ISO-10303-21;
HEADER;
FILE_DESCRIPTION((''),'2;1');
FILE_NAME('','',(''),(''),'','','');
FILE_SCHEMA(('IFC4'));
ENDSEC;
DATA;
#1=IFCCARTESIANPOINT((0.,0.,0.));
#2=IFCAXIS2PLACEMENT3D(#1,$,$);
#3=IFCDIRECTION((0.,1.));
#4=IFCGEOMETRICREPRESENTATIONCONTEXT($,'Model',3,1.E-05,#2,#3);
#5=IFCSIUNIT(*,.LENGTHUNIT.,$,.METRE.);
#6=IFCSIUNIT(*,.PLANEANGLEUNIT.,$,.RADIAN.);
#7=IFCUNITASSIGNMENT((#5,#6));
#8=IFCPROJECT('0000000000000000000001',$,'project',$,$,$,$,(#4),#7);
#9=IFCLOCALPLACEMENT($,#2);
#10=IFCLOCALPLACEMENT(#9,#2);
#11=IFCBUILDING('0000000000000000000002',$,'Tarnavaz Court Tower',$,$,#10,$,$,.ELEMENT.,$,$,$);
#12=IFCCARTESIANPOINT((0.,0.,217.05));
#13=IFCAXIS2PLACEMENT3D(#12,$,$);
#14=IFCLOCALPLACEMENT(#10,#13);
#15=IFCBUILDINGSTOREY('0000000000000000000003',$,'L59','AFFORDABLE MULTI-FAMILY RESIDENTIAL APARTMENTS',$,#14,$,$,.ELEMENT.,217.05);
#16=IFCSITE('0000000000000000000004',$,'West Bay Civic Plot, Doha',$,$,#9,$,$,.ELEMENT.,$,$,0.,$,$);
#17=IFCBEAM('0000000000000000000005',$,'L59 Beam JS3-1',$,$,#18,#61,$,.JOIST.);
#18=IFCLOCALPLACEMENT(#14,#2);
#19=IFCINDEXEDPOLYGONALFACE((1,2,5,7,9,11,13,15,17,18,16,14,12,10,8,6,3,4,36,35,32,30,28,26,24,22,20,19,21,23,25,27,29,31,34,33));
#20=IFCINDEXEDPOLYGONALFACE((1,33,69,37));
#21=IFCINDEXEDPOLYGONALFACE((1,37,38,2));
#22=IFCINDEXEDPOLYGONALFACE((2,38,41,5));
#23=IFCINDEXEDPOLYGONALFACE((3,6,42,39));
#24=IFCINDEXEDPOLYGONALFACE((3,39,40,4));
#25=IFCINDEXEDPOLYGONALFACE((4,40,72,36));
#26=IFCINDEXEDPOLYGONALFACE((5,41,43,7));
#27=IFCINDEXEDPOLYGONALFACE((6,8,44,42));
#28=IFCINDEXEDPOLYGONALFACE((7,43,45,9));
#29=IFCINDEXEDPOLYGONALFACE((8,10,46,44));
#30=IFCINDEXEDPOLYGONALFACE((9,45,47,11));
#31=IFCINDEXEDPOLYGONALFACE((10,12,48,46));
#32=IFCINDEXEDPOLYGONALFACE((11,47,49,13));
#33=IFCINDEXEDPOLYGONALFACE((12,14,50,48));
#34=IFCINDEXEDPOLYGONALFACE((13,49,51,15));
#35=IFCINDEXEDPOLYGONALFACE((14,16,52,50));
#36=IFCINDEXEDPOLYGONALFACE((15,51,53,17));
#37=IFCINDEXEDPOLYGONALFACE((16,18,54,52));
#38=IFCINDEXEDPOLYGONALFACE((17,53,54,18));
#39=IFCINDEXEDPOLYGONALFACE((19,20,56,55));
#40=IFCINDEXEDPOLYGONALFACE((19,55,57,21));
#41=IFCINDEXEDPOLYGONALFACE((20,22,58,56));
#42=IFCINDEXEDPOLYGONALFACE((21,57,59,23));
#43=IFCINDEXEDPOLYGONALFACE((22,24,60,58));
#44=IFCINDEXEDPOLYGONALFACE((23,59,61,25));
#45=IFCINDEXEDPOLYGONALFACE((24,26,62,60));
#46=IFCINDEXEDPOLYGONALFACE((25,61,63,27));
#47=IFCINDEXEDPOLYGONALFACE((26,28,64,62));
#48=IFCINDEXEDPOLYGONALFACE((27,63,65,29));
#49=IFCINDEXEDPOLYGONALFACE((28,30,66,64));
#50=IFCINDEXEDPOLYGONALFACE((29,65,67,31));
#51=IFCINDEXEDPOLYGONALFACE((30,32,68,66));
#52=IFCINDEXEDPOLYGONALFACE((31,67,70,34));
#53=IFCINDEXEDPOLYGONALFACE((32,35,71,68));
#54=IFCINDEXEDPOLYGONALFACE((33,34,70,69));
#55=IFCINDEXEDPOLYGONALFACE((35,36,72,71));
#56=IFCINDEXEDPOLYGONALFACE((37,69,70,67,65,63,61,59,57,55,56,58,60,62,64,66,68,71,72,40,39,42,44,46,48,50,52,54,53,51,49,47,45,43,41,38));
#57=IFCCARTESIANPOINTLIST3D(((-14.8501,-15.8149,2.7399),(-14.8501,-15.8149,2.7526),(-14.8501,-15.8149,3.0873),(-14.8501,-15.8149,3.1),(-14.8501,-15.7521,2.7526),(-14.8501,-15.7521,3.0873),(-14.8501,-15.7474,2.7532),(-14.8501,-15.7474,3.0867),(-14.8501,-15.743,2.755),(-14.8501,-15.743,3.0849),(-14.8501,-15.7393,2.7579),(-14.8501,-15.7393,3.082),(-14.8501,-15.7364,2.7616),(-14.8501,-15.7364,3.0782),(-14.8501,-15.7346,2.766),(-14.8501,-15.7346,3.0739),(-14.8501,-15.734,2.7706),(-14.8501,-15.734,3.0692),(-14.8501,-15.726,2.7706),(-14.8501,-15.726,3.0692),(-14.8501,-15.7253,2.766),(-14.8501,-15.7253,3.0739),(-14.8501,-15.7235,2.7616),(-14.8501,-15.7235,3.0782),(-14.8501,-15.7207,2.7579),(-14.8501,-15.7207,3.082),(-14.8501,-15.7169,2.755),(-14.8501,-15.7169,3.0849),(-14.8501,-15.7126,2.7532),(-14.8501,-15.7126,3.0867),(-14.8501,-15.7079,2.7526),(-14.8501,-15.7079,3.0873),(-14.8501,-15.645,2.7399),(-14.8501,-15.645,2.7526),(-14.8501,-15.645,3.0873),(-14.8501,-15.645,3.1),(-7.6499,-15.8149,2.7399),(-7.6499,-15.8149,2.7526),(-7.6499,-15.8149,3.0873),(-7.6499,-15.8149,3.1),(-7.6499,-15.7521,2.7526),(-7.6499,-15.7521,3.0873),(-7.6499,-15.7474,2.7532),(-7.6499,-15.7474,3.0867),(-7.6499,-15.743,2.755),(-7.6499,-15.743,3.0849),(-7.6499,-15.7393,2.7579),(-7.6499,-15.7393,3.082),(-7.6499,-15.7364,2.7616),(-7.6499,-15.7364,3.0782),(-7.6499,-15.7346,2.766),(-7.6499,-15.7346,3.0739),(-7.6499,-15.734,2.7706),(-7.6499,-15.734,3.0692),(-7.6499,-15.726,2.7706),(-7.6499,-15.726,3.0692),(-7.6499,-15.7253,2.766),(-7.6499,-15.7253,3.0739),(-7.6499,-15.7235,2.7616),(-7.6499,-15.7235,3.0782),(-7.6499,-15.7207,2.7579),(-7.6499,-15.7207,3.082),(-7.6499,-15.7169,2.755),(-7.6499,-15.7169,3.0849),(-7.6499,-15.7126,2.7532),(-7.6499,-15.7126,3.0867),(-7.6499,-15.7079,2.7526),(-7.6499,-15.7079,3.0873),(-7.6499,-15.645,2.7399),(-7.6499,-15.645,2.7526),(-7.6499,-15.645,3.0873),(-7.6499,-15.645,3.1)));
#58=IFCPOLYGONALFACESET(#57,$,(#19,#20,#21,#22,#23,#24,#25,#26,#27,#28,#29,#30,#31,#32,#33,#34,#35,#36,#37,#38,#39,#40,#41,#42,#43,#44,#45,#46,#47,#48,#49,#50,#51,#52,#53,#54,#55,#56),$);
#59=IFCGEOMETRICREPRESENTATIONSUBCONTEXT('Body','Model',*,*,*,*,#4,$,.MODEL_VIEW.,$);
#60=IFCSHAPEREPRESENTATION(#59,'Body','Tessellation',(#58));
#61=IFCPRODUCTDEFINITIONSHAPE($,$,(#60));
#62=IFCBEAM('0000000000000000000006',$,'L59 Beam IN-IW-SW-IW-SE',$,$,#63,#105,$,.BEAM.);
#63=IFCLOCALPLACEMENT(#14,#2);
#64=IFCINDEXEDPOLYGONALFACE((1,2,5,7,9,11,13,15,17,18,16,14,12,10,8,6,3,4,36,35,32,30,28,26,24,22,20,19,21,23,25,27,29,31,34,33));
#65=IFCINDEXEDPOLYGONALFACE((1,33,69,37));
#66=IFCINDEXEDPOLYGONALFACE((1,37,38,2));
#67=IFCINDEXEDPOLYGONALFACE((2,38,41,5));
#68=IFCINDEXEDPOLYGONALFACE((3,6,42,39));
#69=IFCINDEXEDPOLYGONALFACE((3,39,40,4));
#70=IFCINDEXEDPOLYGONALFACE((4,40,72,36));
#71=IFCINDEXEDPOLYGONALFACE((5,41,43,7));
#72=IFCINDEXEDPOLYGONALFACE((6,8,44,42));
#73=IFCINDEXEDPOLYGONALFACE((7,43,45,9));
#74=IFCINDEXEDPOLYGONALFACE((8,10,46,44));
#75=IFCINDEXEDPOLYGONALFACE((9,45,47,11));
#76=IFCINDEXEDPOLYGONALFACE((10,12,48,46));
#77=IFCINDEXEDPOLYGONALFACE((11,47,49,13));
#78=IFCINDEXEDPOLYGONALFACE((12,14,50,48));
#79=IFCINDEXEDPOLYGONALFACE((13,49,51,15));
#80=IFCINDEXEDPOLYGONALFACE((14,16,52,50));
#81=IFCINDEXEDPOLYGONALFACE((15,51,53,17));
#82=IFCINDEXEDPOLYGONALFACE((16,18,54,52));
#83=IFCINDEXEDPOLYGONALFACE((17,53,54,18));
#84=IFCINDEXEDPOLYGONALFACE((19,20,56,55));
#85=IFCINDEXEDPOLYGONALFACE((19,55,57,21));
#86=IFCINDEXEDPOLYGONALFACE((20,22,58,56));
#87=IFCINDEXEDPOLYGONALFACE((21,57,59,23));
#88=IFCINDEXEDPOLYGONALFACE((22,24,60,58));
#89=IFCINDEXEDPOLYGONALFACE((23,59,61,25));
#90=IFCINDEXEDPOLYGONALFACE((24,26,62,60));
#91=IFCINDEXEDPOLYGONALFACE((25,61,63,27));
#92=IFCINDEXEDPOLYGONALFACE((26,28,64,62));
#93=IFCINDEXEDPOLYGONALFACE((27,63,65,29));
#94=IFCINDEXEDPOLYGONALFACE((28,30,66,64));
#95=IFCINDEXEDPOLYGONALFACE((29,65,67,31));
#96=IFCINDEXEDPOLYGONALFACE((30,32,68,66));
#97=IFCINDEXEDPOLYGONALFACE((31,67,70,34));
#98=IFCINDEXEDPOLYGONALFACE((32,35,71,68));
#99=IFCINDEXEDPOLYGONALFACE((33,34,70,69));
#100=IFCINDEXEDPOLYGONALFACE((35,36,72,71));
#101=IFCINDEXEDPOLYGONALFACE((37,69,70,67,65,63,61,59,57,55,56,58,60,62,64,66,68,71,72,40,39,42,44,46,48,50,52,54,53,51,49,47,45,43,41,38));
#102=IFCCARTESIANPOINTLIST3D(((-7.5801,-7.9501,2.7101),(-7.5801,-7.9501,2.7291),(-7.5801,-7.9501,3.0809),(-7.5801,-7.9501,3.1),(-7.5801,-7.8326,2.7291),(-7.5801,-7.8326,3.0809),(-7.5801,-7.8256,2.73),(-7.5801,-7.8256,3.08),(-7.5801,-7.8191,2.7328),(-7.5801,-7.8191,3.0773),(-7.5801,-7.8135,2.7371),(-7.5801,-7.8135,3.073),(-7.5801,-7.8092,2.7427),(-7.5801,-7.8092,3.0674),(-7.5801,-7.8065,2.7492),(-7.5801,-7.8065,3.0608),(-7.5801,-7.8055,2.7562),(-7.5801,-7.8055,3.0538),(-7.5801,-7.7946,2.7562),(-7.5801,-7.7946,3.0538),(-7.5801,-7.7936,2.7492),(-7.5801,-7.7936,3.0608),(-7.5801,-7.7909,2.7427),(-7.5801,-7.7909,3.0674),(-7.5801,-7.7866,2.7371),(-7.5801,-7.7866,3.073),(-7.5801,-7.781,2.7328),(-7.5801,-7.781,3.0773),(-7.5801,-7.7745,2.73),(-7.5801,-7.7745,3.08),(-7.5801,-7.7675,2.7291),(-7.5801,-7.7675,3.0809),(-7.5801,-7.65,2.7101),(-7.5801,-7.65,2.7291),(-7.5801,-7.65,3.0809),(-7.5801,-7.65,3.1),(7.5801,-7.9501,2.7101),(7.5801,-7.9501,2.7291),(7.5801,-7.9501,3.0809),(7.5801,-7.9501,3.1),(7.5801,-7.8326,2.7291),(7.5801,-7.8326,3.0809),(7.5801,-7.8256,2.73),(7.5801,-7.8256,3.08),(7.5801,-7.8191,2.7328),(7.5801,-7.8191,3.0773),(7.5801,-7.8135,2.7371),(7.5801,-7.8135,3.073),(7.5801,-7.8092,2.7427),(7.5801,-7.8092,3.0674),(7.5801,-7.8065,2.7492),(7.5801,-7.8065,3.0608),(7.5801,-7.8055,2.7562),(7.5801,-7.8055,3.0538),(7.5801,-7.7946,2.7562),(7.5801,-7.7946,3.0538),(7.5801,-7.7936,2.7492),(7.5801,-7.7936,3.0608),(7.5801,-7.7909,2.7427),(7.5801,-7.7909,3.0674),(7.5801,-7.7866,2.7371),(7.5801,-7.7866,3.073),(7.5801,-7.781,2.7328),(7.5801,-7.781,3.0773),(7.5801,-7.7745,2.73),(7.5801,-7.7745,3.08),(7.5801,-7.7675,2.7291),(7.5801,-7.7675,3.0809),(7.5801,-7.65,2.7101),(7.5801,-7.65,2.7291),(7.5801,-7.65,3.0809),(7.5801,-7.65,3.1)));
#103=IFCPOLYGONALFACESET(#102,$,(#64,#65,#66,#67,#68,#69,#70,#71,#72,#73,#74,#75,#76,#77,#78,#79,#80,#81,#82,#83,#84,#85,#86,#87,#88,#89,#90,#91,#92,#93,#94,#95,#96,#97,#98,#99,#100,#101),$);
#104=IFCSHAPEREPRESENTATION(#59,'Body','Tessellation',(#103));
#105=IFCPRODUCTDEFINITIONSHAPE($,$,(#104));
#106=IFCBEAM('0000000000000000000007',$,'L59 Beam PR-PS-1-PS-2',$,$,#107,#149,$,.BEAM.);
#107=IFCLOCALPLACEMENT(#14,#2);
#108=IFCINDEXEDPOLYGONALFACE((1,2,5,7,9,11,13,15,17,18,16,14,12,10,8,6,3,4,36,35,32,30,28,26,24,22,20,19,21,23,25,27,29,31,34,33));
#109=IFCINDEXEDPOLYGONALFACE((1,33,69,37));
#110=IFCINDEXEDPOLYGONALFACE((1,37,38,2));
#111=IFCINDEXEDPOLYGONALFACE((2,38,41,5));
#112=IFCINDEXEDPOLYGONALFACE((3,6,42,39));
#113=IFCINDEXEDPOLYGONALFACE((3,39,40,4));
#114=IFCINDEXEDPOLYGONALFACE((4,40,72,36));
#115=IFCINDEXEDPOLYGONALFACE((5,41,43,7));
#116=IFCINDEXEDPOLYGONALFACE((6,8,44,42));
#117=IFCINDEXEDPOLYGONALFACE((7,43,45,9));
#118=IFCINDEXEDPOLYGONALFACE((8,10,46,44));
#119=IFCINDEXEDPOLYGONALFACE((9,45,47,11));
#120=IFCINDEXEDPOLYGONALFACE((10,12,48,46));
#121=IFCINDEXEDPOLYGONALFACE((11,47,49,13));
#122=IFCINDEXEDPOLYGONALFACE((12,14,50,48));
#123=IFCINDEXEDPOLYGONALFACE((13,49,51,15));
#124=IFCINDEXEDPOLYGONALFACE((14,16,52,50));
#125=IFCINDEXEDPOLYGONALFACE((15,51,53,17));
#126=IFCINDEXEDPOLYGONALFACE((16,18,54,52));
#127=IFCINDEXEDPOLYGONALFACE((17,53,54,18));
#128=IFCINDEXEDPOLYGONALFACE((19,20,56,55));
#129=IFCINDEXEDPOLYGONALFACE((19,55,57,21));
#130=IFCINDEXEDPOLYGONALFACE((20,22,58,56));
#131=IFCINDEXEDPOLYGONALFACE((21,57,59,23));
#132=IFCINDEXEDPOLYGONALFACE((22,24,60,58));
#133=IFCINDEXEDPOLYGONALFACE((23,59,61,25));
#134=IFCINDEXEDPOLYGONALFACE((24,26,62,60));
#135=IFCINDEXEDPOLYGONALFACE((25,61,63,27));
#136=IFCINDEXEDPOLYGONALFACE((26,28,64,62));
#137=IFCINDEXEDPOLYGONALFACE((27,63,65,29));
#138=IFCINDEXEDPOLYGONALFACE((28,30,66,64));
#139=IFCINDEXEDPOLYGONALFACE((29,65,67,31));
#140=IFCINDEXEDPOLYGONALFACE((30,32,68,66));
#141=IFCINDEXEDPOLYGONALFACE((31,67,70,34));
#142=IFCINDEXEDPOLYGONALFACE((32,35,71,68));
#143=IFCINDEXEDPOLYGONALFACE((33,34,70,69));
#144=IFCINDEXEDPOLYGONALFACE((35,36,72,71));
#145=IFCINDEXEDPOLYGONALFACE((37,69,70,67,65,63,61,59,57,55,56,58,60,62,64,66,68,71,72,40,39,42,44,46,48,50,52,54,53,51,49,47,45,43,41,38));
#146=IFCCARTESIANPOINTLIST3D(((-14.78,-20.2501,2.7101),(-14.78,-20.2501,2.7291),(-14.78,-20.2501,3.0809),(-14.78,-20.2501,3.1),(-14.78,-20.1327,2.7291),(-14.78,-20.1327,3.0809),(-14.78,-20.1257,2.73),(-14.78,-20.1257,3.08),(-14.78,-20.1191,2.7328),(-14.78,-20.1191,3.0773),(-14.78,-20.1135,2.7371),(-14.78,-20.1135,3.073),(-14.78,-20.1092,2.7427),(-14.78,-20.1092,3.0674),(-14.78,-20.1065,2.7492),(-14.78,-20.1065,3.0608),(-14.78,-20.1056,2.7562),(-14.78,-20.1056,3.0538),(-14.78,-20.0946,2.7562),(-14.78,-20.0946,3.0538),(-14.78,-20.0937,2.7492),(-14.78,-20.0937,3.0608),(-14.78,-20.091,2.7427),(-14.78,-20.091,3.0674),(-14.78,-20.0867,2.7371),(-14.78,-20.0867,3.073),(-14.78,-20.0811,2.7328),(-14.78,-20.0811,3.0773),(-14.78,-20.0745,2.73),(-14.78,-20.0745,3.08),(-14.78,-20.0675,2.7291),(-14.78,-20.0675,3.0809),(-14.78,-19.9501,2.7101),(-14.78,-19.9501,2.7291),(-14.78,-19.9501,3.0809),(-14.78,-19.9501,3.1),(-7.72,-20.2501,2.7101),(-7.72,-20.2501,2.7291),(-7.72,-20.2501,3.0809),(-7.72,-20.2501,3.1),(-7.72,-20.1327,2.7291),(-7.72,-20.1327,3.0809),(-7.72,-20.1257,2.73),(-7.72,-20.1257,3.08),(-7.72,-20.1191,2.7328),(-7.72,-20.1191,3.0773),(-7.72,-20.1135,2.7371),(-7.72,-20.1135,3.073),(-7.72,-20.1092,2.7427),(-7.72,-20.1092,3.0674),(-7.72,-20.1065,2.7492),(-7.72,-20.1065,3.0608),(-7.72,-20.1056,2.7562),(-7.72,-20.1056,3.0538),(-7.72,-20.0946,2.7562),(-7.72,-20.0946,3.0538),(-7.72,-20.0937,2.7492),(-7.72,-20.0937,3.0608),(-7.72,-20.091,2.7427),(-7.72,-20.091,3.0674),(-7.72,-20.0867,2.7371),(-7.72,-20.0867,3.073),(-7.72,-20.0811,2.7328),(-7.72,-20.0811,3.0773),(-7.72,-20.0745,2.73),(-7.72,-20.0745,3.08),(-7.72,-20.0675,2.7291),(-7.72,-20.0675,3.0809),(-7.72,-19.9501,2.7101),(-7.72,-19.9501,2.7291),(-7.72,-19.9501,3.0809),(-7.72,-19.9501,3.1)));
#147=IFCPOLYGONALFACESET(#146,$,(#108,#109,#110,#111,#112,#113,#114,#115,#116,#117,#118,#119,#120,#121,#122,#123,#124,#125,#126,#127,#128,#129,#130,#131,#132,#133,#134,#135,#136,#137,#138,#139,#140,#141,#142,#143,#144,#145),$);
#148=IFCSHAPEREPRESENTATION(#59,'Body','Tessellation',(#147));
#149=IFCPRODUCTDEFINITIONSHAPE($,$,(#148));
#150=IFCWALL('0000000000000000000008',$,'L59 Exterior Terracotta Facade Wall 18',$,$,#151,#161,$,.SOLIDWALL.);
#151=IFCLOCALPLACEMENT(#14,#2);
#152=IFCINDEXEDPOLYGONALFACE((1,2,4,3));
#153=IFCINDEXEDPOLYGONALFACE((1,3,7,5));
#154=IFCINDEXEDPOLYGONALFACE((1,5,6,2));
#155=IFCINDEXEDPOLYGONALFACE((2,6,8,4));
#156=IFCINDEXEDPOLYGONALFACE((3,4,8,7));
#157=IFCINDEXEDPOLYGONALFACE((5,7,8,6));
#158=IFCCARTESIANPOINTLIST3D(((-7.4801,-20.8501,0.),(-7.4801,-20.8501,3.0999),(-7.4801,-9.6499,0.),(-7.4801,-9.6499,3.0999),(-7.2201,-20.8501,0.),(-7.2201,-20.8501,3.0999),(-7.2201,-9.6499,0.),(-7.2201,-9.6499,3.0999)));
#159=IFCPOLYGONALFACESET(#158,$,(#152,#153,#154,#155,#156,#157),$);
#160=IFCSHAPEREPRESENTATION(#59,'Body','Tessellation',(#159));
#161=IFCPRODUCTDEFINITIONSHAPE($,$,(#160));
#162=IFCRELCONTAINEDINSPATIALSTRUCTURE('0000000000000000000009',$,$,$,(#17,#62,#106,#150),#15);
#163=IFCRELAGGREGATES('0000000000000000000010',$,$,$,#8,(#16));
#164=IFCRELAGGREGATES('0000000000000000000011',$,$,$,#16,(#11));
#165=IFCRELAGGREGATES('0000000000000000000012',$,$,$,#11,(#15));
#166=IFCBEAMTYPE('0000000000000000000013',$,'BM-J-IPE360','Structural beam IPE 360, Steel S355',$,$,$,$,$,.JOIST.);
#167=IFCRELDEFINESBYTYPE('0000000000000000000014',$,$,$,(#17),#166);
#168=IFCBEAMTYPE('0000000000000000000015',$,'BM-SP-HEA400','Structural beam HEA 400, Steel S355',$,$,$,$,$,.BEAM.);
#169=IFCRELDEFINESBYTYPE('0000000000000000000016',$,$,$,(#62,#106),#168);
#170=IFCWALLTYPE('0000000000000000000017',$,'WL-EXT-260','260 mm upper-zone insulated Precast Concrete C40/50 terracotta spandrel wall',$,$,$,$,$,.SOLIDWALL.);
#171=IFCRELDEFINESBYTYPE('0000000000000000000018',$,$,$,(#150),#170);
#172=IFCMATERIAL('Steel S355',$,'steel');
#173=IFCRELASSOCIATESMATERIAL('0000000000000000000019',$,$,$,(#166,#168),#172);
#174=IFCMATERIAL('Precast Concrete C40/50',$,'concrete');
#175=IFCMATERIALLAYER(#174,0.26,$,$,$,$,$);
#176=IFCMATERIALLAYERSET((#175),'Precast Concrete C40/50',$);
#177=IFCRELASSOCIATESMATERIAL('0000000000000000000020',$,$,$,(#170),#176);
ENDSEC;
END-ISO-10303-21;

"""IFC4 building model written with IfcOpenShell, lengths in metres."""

from ifc_helpers import new_model, si_unit, direction, frame, frame_2d, origin, origin_2d, place, context, subcontext, project, spatial, rectangle, i_section, extrude, material, layer, layer_set, material_profile, profile_set, type_object, element, save


model = new_model("IFC4")

# Units and contexts
model_context = context("Model", 3, precision=1e-05, world=origin(), true_north=direction((0.0, 1.0)))
body_context = subcontext(model_context, "Body", "Model", "MODEL_VIEW")
ifc_project = project(units=[si_unit("LENGTHUNIT", "METRE"), si_unit("PLANEANGLEUNIT", "RADIAN")], contexts=[model_context])

# Site, building, storey
site_placement = place(None, origin())
site = spatial("IfcSite", under=ifc_project, at=site_placement, Name="West Bay Civic Plot, Doha", CompositionType="ELEMENT", RefElevation=0.0)
building_placement = place(site_placement, origin())
building = spatial("IfcBuilding", under=site, at=building_placement, Name="Tarnavaz Court Tower", CompositionType="ELEMENT")
storey_placement = place(building_placement, frame((0.0, 0.0, 217.05)))
storey = spatial("IfcBuildingStorey", under=building, at=storey_placement, Name="L59", Description="AFFORDABLE MULTI-FAMILY RESIDENTIAL APARTMENTS", CompositionType="ELEMENT", Elevation=217.05)

# Beams
ifc_material_1 = material(Name="Steel S355", Category="steel")
ifc_material_profile_1 = material_profile(ifc_material_1, i_section(OverallWidth=0.1699, OverallDepth=0.3601, WebThickness=0.0081, FlangeThickness=0.0127, FilletRadius=0.0181, at=origin_2d()), Name="IPE 360")
ifc_profile_set_1 = profile_set([ifc_material_profile_1], Name="Steel S355")
beam_type_1 = type_object("IfcBeamType", Name="BM-J-IPE360", Description="Structural beam IPE 360, Steel S355", PredefinedType="JOIST", material=ifc_profile_set_1)
for number, where, z_axis, x_axis, name in (
    (1, (-14.8501, -15.73, 2.9199), (1.0, 0.0, 0.0), (0.0, 1.0, 0.0), "L59 Beam JS3-1"),
):
    element("IfcBeam", number, at=place(storey_placement, frame(where, z_axis=z_axis, x_axis=x_axis)), inside=storey, type_object=beam_type_1, Name=name, PredefinedType="JOIST", context=body_context, shape_type="SweptSolid", body=[
        extrude(i_section(OverallWidth=0.1699, OverallDepth=0.3601, WebThickness=0.0081, FlangeThickness=0.0127, FilletRadius=0.0181, at=origin_2d()), origin(), (0.0, 0.0, 1.0), 7.2002),
    ])
ifc_material_profile_2 = material_profile(ifc_material_1, i_section(OverallWidth=0.3, OverallDepth=0.3899, WebThickness=0.011, FlangeThickness=0.019, FilletRadius=0.0271, at=origin_2d()), Name="HEA 400")
ifc_profile_set_2 = profile_set([ifc_material_profile_2], Name="Steel S355")
beam_type_2 = type_object("IfcBeamType", Name="BM-SP-HEA400", Description="Structural beam HEA 400, Steel S355", PredefinedType="BEAM", material=ifc_profile_set_2)
beam_1_placement = place(storey_placement, frame((-7.5801, -7.8, 2.905), z_axis=(1.0, 0.0, 0.0), x_axis=(0.0, 1.0, 0.0)))
element("IfcBeam", 2, at=beam_1_placement, inside=storey, type_object=beam_type_2, Name="L59 Beam IN-IW-SW-IW-SE", PredefinedType="BEAM", context=body_context, shape_type="SweptSolid", body=[
    extrude(i_section(OverallWidth=0.3, OverallDepth=0.3899, WebThickness=0.011, FlangeThickness=0.019, FilletRadius=0.0271, at=origin_2d()), origin(), (0.0, 0.0, 1.0), 15.1602),
])
beam_2_placement = place(storey_placement, frame((-14.78, -20.1001, 2.905), z_axis=(1.0, 0.0, 0.0), x_axis=(0.0, 1.0, 0.0)))
element("IfcBeam", 3, at=beam_2_placement, inside=storey, type_object=beam_type_2, Name="L59 Beam PR-PS-1-PS-2", PredefinedType="BEAM", context=body_context, shape_type="SweptSolid", body=[
    extrude(i_section(OverallWidth=0.3, OverallDepth=0.3899, WebThickness=0.011, FlangeThickness=0.019, FilletRadius=0.0271, at=origin_2d()), origin(), (0.0, 0.0, 1.0), 7.0601),
])

# Wall
ifc_material_2 = material(Name="Precast Concrete C40/50", Category="concrete")
ifc_layer_1 = layer(ifc_material_2, 0.26)
ifc_layer_set_1 = layer_set([ifc_layer_1], Name="Precast Concrete C40/50")
wall_type_1 = type_object("IfcWallType", Name="WL-EXT-260", Description="260 mm upper-zone insulated Precast Concrete C40/50 terracotta spandrel wall", PredefinedType="SOLIDWALL", material=ifc_layer_set_1)
wall_1_placement = place(storey_placement, frame((-7.3501, -9.6499, 0.0), z_axis=(0.0, 0.0, 1.0), x_axis=(0.0, -1.0, 0.0)))
element("IfcWall", 4, at=wall_1_placement, inside=storey, type_object=wall_type_1, Name="L59 Exterior Terracotta Facade Wall 18", PredefinedType="SOLIDWALL", context=body_context, shape_type="SweptSolid", body=[
    extrude(rectangle(XDim=11.2002, YDim=0.26, at=frame_2d((5.6001, 0.0))), origin(), (0.0, 0.0, 1.0), 3.0999),
])

save(model, "model.ifc")
